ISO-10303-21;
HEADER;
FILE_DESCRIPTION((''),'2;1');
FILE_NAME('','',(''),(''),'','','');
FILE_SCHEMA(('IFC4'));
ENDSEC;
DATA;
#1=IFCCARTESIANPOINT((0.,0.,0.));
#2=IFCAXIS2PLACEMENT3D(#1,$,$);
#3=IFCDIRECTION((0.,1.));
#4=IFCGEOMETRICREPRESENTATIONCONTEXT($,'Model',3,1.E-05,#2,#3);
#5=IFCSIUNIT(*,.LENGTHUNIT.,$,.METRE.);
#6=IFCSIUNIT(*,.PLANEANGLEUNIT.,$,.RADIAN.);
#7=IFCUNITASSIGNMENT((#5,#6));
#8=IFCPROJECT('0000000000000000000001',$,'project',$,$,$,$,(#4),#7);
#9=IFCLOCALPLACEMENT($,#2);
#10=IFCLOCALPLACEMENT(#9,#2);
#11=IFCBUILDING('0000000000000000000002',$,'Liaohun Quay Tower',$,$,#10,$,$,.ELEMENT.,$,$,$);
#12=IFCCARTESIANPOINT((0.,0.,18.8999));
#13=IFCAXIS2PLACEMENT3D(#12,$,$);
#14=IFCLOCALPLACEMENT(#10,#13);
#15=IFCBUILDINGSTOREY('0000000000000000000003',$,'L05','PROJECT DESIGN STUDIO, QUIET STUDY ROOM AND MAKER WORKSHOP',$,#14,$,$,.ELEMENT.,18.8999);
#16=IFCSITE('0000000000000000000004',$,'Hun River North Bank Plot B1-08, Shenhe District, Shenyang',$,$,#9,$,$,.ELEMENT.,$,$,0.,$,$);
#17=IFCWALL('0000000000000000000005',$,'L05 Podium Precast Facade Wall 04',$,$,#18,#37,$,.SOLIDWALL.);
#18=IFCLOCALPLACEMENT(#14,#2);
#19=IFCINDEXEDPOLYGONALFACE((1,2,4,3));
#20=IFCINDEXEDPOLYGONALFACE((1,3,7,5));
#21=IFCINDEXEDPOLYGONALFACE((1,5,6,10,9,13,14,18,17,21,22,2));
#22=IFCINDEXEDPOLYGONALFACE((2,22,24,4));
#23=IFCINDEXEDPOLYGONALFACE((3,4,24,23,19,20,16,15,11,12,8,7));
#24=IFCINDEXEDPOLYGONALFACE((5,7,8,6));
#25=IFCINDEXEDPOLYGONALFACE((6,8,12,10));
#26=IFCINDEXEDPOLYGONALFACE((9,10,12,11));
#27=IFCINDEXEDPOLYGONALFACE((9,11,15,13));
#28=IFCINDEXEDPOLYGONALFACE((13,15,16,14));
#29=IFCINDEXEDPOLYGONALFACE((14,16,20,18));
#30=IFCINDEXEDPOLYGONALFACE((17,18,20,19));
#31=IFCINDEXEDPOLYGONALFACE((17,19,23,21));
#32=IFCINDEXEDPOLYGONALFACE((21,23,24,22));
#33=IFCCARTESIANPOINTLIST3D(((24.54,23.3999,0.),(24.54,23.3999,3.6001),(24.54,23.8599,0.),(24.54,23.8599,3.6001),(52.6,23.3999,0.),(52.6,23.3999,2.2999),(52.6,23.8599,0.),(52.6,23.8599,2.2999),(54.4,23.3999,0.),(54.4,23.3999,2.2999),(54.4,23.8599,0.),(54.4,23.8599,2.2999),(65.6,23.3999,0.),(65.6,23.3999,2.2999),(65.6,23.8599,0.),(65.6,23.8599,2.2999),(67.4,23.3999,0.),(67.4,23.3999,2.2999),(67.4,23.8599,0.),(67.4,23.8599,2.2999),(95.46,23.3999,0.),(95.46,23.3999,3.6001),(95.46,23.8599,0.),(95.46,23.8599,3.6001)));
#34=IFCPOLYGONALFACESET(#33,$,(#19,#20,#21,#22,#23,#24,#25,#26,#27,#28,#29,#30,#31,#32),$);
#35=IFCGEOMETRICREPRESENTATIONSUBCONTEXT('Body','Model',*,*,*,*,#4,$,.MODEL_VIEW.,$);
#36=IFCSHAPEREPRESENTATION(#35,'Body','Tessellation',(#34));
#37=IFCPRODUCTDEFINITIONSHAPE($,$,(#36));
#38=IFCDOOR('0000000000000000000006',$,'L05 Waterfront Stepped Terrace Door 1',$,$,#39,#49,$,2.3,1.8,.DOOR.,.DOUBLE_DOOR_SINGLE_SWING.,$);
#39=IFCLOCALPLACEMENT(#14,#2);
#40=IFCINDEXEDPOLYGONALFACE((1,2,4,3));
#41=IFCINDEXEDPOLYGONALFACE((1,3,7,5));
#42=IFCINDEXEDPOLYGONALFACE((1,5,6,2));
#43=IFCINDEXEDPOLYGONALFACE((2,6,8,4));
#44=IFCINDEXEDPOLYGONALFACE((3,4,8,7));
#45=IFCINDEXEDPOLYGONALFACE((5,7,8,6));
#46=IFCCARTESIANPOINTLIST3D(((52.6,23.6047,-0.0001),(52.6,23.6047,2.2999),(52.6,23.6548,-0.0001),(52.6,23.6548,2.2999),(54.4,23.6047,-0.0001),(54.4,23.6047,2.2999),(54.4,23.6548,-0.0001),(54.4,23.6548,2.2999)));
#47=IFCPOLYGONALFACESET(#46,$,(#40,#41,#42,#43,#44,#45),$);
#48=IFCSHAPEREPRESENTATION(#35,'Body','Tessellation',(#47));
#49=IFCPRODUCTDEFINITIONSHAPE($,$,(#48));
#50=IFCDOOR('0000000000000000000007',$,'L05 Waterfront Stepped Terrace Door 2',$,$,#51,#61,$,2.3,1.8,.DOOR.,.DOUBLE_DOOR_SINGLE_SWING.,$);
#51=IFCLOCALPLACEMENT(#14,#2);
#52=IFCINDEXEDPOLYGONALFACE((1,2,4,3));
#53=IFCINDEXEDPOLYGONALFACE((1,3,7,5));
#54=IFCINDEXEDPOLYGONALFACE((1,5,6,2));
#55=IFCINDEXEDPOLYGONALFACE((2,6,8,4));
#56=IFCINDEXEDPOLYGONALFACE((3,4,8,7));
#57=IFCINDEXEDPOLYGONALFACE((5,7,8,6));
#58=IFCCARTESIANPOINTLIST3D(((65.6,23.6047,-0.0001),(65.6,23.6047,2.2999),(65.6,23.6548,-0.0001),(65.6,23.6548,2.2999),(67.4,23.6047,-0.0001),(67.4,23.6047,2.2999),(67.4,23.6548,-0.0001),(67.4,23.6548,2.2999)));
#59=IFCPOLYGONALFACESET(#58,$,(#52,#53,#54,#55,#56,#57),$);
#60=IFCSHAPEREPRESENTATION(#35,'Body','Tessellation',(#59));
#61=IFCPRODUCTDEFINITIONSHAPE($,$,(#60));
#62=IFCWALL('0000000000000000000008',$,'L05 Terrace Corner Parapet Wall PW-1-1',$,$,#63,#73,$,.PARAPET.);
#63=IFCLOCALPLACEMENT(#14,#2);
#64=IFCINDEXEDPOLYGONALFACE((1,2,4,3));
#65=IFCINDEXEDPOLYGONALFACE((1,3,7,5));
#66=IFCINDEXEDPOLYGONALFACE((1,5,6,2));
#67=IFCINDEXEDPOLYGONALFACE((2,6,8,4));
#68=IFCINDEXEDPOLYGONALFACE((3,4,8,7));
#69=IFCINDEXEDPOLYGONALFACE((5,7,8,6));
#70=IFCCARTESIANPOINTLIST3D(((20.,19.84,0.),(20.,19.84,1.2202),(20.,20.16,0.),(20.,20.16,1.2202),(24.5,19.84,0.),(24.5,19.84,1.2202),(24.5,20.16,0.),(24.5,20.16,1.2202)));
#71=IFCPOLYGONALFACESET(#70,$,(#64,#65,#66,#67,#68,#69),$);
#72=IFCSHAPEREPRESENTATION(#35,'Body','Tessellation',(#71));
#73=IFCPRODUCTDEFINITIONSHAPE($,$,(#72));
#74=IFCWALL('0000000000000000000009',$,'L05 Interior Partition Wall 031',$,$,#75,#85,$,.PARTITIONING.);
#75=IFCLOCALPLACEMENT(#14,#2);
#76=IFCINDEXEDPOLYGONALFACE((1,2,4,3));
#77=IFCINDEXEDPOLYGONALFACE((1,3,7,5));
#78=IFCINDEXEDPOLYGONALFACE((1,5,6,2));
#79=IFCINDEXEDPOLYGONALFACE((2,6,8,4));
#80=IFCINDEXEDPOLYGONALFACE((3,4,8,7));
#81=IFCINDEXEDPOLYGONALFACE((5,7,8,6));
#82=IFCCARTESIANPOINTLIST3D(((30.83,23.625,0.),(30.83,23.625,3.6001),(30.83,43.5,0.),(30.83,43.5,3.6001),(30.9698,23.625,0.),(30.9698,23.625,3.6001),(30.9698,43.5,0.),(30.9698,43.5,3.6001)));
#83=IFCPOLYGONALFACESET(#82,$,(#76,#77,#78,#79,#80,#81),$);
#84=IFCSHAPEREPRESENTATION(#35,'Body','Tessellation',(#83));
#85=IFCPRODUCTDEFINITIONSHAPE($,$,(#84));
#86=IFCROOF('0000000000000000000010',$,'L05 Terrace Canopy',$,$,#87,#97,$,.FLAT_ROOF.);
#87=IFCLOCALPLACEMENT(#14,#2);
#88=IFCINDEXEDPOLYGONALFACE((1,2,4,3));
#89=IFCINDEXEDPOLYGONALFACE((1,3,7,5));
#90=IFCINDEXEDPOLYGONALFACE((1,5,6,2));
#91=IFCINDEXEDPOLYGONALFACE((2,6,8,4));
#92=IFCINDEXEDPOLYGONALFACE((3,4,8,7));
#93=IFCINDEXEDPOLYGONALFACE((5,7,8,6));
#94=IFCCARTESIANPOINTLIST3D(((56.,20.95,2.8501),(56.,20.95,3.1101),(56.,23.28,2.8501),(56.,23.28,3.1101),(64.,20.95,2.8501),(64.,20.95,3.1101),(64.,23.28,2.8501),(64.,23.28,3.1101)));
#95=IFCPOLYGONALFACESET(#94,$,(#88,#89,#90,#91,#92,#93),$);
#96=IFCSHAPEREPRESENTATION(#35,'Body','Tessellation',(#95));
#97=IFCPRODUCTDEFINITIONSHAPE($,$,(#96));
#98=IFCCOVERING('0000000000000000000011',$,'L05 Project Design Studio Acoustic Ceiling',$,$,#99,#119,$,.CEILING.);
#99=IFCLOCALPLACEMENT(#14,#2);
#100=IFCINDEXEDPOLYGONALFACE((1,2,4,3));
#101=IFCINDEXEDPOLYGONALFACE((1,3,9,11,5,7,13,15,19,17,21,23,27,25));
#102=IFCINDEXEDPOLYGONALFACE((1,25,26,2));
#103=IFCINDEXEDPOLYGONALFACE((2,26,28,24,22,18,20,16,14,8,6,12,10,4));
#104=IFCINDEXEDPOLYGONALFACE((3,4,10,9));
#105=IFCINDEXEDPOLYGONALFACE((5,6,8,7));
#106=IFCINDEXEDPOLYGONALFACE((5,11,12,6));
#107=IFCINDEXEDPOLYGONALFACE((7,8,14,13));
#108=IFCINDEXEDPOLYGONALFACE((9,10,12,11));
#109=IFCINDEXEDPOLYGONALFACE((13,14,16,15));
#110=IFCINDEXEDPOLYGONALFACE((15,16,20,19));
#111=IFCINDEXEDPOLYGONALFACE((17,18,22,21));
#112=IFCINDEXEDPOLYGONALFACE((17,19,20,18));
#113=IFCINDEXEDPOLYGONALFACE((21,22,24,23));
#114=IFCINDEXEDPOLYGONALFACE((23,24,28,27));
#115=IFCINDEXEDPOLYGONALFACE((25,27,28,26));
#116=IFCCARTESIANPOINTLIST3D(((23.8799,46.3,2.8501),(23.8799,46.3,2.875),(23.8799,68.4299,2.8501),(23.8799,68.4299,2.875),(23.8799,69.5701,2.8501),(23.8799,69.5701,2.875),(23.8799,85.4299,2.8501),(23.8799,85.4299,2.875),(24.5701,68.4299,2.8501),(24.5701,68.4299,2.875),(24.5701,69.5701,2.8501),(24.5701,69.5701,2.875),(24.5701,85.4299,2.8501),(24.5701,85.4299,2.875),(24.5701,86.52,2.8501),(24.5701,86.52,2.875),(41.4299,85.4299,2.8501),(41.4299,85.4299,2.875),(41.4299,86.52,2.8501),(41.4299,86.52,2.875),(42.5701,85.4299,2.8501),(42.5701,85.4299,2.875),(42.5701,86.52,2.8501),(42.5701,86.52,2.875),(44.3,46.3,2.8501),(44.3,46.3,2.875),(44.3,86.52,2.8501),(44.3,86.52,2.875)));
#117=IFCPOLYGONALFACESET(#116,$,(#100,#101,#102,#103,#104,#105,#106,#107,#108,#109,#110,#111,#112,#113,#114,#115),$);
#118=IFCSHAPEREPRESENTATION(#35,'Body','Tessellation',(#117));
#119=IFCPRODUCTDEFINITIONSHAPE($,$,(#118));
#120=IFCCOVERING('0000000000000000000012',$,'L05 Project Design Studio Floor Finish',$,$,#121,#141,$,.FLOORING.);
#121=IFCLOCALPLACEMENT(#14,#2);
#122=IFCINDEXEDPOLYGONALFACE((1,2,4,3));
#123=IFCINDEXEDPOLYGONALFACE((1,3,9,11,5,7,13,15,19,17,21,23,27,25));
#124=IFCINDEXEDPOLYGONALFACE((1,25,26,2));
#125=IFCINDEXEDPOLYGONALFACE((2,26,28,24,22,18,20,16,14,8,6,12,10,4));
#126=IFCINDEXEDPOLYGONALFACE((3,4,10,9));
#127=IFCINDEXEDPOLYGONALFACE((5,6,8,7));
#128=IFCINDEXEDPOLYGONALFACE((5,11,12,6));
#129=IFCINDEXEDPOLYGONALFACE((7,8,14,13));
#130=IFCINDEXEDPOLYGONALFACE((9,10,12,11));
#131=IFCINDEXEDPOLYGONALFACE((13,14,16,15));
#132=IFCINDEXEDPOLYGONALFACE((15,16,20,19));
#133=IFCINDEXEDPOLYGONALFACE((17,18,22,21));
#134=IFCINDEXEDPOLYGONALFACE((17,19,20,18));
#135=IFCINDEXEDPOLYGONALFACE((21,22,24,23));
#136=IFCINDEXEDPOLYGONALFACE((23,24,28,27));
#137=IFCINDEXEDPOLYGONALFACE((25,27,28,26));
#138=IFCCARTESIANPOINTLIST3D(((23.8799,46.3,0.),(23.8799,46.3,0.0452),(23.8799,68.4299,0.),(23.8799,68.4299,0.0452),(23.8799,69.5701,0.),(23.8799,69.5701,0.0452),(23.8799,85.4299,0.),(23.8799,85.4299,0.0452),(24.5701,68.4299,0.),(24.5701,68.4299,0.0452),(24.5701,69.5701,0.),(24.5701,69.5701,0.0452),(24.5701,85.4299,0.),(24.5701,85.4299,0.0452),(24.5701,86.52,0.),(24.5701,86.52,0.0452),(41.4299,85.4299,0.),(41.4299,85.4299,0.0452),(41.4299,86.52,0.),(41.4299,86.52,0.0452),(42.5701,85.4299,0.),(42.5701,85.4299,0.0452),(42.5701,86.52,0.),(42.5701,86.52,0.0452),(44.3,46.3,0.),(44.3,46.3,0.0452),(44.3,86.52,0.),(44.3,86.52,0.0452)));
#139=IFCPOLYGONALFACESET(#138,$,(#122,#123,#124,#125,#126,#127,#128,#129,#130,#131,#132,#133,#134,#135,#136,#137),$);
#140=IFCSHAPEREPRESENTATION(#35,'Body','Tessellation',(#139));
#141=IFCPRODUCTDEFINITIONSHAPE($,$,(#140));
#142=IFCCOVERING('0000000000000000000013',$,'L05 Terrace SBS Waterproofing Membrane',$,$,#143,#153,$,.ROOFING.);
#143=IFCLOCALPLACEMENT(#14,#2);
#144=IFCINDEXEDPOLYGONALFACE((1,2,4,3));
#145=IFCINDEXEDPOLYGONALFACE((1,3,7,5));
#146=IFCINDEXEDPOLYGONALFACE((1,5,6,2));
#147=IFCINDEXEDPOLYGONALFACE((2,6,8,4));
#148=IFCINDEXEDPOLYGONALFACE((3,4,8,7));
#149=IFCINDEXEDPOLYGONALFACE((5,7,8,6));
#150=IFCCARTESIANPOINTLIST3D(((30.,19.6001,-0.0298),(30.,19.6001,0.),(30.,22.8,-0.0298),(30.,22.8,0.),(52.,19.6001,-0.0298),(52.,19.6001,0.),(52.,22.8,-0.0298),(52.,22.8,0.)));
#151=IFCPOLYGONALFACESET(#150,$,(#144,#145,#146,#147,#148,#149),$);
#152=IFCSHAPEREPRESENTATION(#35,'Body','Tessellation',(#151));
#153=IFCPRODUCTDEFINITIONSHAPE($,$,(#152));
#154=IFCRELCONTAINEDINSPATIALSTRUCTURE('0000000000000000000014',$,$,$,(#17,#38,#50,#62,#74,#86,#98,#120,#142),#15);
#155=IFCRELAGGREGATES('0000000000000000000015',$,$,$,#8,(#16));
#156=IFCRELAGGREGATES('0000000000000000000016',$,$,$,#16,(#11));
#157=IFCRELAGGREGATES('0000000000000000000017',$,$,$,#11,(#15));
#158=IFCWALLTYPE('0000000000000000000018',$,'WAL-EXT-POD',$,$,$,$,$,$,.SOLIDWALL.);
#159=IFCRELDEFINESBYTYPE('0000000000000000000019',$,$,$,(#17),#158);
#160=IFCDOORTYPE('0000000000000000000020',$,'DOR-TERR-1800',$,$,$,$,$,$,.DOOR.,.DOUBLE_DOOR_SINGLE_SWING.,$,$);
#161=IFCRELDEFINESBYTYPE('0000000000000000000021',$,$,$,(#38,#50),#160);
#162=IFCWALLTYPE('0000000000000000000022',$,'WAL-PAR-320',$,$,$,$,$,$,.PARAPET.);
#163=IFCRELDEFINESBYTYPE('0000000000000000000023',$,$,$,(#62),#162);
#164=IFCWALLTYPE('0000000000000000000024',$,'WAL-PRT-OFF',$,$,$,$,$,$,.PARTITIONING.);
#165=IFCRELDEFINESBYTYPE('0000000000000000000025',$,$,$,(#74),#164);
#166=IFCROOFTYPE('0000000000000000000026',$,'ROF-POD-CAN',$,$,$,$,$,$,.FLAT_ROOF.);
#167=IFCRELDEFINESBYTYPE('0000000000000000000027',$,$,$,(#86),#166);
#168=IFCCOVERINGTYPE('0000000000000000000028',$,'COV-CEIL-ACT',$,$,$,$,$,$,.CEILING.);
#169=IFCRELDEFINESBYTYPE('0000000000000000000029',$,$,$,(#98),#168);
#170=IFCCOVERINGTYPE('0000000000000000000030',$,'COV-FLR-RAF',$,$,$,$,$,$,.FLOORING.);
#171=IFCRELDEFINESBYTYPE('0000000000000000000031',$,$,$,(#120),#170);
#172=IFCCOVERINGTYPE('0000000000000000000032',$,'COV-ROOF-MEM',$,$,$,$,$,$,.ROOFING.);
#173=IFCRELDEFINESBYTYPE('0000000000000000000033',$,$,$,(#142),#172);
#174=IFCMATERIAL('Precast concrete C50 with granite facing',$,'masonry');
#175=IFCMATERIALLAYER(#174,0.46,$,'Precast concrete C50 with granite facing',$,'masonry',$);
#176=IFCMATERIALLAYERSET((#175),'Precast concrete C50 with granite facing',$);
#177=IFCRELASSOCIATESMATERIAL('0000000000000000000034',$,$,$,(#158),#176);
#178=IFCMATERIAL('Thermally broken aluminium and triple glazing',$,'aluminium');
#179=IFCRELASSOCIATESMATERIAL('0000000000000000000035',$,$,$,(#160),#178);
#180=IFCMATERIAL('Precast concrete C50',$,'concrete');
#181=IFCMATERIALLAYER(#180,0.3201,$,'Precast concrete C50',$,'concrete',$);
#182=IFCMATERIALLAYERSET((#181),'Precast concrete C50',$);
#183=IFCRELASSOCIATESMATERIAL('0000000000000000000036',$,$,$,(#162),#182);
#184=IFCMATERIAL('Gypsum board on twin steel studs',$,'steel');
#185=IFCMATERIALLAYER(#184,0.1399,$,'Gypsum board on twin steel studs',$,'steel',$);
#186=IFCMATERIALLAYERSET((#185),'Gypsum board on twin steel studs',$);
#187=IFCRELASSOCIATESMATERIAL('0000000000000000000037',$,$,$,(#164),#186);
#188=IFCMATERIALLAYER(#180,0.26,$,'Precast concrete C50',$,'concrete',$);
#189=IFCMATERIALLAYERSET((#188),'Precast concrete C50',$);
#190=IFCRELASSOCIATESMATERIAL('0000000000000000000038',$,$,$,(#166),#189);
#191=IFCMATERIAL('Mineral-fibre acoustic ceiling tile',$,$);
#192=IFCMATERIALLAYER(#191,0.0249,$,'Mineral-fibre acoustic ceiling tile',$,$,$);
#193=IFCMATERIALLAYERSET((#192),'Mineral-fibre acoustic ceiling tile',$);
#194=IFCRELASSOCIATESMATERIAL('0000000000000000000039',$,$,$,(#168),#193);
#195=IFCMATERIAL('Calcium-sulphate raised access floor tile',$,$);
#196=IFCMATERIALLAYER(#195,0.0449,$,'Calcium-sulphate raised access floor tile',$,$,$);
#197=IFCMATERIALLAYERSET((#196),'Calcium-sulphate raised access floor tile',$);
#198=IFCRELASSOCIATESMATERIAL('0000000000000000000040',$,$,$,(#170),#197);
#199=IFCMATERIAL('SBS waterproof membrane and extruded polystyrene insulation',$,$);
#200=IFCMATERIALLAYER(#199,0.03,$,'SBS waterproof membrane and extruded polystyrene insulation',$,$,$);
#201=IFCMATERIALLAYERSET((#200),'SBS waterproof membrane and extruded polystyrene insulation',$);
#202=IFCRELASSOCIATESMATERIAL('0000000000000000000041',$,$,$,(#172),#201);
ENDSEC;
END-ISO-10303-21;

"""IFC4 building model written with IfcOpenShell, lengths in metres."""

from ifc_helpers import new_model, si_unit, direction, frame, frame_2d, origin, place, context, subcontext, project, spatial, polyline, rectangle, outline, extrude, source, transform, mapped, material, layer, layer_set, type_object, element, fill, save


model = new_model("IFC4")

# Units and contexts
model_context = context("Model", 3, precision=1e-05, world=origin(), true_north=direction((0.0, 1.0)))
body_context = subcontext(model_context, "Body", "Model", "MODEL_VIEW")
ifc_project = project(units=[si_unit("LENGTHUNIT", "METRE"), si_unit("PLANEANGLEUNIT", "RADIAN")], contexts=[model_context])

# Site, building, storey
site_placement = place(None, origin())
site = spatial("IfcSite", under=ifc_project, at=site_placement, Name="Hun River North Bank Plot B1-08, Shenhe District, Shenyang", CompositionType="ELEMENT", RefElevation=0.0)
building_placement = place(site_placement, origin())
building = spatial("IfcBuilding", under=site, at=building_placement, Name="Liaohun Quay Tower", CompositionType="ELEMENT")
storey_placement = place(building_placement, frame((0.0, 0.0, 18.8999)))
storey = spatial("IfcBuildingStorey", under=building, at=storey_placement, Name="L05", Description="PROJECT DESIGN STUDIO, QUIET STUDY ROOM AND MAKER WORKSHOP", CompositionType="ELEMENT", Elevation=18.8999)

# Shared definitions
ifc_material_1 = material(Name="Precast concrete C50", Category="concrete")

# Wall, openings, doors
ifc_material_2 = material(Name="Precast concrete C50 with granite facing", Category="masonry")
ifc_layer_1 = layer(ifc_material_2, 0.46, Name="Precast concrete C50 with granite facing", Category="masonry")
ifc_layer_set_1 = layer_set([ifc_layer_1], Name="Precast concrete C50 with granite facing")
wall_type_1 = type_object("IfcWallType", Name="WAL-EXT-POD", PredefinedType="SOLIDWALL", material=ifc_layer_set_1)
wall_1_placement = place(storey_placement, frame((24.54, 23.6299, 0.0), z_axis=(0.0, 0.0, 1.0), x_axis=(1.0, 0.0, 0.0)))
wall_1 = element("IfcWall", 1, at=wall_1_placement, inside=storey, type_object=wall_type_1, Name="L05 Podium Precast Facade Wall 04", PredefinedType="SOLIDWALL", context=body_context, shape_type="SweptSolid", body=[
    extrude(rectangle(XDim=70.9199, YDim=0.46, at=frame_2d((35.46, 0.0))), origin(), (0.0, 0.0, 1.0), 3.6001),
])
shared_shape_1 = source(origin(), body_context, "Body", "SweptSolid", [
    extrude(rectangle(XDim=1.8, YDim=2.3, at=frame_2d((0.8999, 1.1499))), frame((0.0, 0.24, 0.0), z_axis=(0.0, -1.0, 0.0), x_axis=(1.0, 0.0, 0.0)), (0.0, 0.0, 1.0), 0.48),
])
opening_1_placement = place(wall_1_placement, frame((28.0601, 0.0, 0.0)))
opening_1 = element("IfcOpeningElement", 2, at=opening_1_placement, cuts=wall_1, PredefinedType="OPENING", context=body_context, shape_type="MappedRepresentation", body=[
    mapped(shared_shape_1, transform((0.0, 0.0, 0.0), x_axis=(1.0, 0.0, 0.0), y_axis=(0.0, 1.0, 0.0), z_axis=(0.0, 0.0, 1.0), scale=1.0)),
])
opening_2_placement = place(wall_1_placement, frame((41.0601, 0.0, 0.0)))
opening_2 = element("IfcOpeningElement", 3, at=opening_2_placement, cuts=wall_1, PredefinedType="OPENING", context=body_context, shape_type="MappedRepresentation", body=[
    mapped(shared_shape_1, transform((0.0, 0.0, 0.0), x_axis=(1.0, 0.0, 0.0), y_axis=(0.0, 1.0, 0.0), z_axis=(0.0, 0.0, 1.0), scale=1.0)),
])
ifc_material_3 = material(Name="Thermally broken aluminium and triple glazing", Category="aluminium")
door_type_1 = type_object("IfcDoorType", Name="DOR-TERR-1800", OperationType="DOUBLE_DOOR_SINGLE_SWING", PredefinedType="DOOR", material=ifc_material_3)
shared_shape_2 = source(origin(), body_context, "Body", "SweptSolid", [
    extrude(rectangle(XDim=1.8, YDim=2.3, at=frame_2d((0.8999, 1.1499))), frame((0.0, 0.0249, 0.0), z_axis=(0.0, -1.0, 0.0), x_axis=(1.0, 0.0, 0.0)), (0.0, 0.0, 1.0), 0.05),
])
door_1_placement = place(opening_1_placement, origin())
door_1 = element("IfcDoor", 4, at=door_1_placement, inside=storey, type_object=door_type_1, Name="L05 Waterfront Stepped Terrace Door 1", OperationType="DOUBLE_DOOR_SINGLE_SWING", OverallHeight=2.3, OverallWidth=1.8, PredefinedType="DOOR", context=body_context, shape_type="MappedRepresentation", body=[
    mapped(shared_shape_2, transform((0.0, 0.0, 0.0), x_axis=(1.0, 0.0, 0.0), y_axis=(0.0, 1.0, 0.0), z_axis=(0.0, 0.0, 1.0), scale=1.0)),
])
fill(opening_1, door_1)
door_2_placement = place(opening_2_placement, origin())
door_2 = element("IfcDoor", 5, at=door_2_placement, inside=storey, type_object=door_type_1, Name="L05 Waterfront Stepped Terrace Door 2", OperationType="DOUBLE_DOOR_SINGLE_SWING", OverallHeight=2.3, OverallWidth=1.8, PredefinedType="DOOR", context=body_context, shape_type="MappedRepresentation", body=[
    mapped(shared_shape_2, transform((0.0, 0.0, 0.0), x_axis=(1.0, 0.0, 0.0), y_axis=(0.0, 1.0, 0.0), z_axis=(0.0, 0.0, 1.0), scale=1.0)),
])
fill(opening_2, door_2)

# Walls
ifc_layer_2 = layer(ifc_material_1, 0.3201, Name="Precast concrete C50", Category="concrete")
ifc_layer_set_2 = layer_set([ifc_layer_2], Name="Precast concrete C50")
wall_type_2 = type_object("IfcWallType", Name="WAL-PAR-320", PredefinedType="PARAPET", material=ifc_layer_set_2)
wall_2_placement = place(storey_placement, frame((20.0, 20.0, 0.0), z_axis=(0.0, 0.0, 1.0), x_axis=(1.0, 0.0, 0.0)))
element("IfcWall", 6, at=wall_2_placement, inside=storey, type_object=wall_type_2, Name="L05 Terrace Corner Parapet Wall PW-1-1", PredefinedType="PARAPET", context=body_context, shape_type="SweptSolid", body=[
    extrude(rectangle(XDim=4.5, YDim=0.3201, at=frame_2d((2.25, 0.0))), origin(), (0.0, 0.0, 1.0), 1.2202),
])
ifc_material_4 = material(Name="Gypsum board on twin steel studs", Category="steel")
ifc_layer_3 = layer(ifc_material_4, 0.1399, Name="Gypsum board on twin steel studs", Category="steel")
ifc_layer_set_3 = layer_set([ifc_layer_3], Name="Gypsum board on twin steel studs")
wall_type_3 = type_object("IfcWallType", Name="WAL-PRT-OFF", PredefinedType="PARTITIONING", material=ifc_layer_set_3)
wall_3_placement = place(storey_placement, frame((30.8999, 23.625, 0.0), z_axis=(0.0, 0.0, 1.0), x_axis=(0.0, 1.0, 0.0)))
element("IfcWall", 7, at=wall_3_placement, inside=storey, type_object=wall_type_3, Name="L05 Interior Partition Wall 031", PredefinedType="PARTITIONING", context=body_context, shape_type="SweptSolid", body=[
    extrude(rectangle(XDim=19.875, YDim=0.1399, at=frame_2d((9.9375, 0.0))), origin(), (0.0, 0.0, 1.0), 3.6001),
])

# Roof
ifc_layer_4 = layer(ifc_material_1, 0.26, Name="Precast concrete C50", Category="concrete")
ifc_layer_set_4 = layer_set([ifc_layer_4], Name="Precast concrete C50")
roof_type = type_object("IfcRoofType", Name="ROF-POD-CAN", PredefinedType="FLAT_ROOF", material=ifc_layer_set_4)
roof_placement = place(storey_placement, frame((0.0, 0.0, 2.8501)))
element("IfcRoof", 8, at=roof_placement, inside=storey, type_object=roof_type, Name="L05 Terrace Canopy", PredefinedType="FLAT_ROOF", context=body_context, shape_type="SweptSolid", body=[
    extrude(outline(polyline([(56.0, 20.95), (64.0, 20.95), (64.0, 23.28), (56.0, 23.28), (56.0, 20.95)])), origin(), (0.0, 0.0, 1.0), 0.26),
])

# Coverings
ifc_material_5 = material(Name="Mineral-fibre acoustic ceiling tile")
ifc_layer_5 = layer(ifc_material_5, 0.0249, Name="Mineral-fibre acoustic ceiling tile")
ifc_layer_set_5 = layer_set([ifc_layer_5], Name="Mineral-fibre acoustic ceiling tile")
covering_type_1 = type_object("IfcCoveringType", Name="COV-CEIL-ACT", PredefinedType="CEILING", material=ifc_layer_set_5)
covering_1_placement = place(storey_placement, frame((0.0, 0.0, 2.8501)))
element("IfcCovering", 9, at=covering_1_placement, inside=storey, type_object=covering_type_1, Name="L05 Project Design Studio Acoustic Ceiling", PredefinedType="CEILING", context=body_context, shape_type="SweptSolid", body=[
    extrude(outline(polyline([(42.5701, 86.52), (42.5701, 85.4299), (41.4299, 85.4299), (41.4299, 86.52), (24.5701, 86.52), (24.5701, 85.4299), (23.8799, 85.4299), (23.8799, 69.5701), (24.5701, 69.5701), (24.5701, 68.4299), (23.8799, 68.4299), (23.8799, 46.3), (44.3, 46.3), (44.3, 86.52), (42.5701, 86.52)])), origin(), (0.0, 0.0, 1.0), 0.0249),
])
ifc_material_6 = material(Name="Calcium-sulphate raised access floor tile")
ifc_layer_6 = layer(ifc_material_6, 0.0449, Name="Calcium-sulphate raised access floor tile")
ifc_layer_set_6 = layer_set([ifc_layer_6], Name="Calcium-sulphate raised access floor tile")
covering_type_2 = type_object("IfcCoveringType", Name="COV-FLR-RAF", PredefinedType="FLOORING", material=ifc_layer_set_6)
covering_2_placement = place(storey_placement, origin())
element("IfcCovering", 10, at=covering_2_placement, inside=storey, type_object=covering_type_2, Name="L05 Project Design Studio Floor Finish", PredefinedType="FLOORING", context=body_context, shape_type="SweptSolid", body=[
    extrude(outline(polyline([(42.5701, 86.52), (42.5701, 85.4299), (41.4299, 85.4299), (41.4299, 86.52), (24.5701, 86.52), (24.5701, 85.4299), (23.8799, 85.4299), (23.8799, 69.5701), (24.5701, 69.5701), (24.5701, 68.4299), (23.8799, 68.4299), (23.8799, 46.3), (44.3, 46.3), (44.3, 86.52), (42.5701, 86.52)])), origin(), (0.0, 0.0, 1.0), 0.0452),
])
ifc_material_7 = material(Name="SBS waterproof membrane and extruded polystyrene insulation")
ifc_layer_7 = layer(ifc_material_7, 0.03, Name="SBS waterproof membrane and extruded polystyrene insulation")
ifc_layer_set_7 = layer_set([ifc_layer_7], Name="SBS waterproof membrane and extruded polystyrene insulation")
covering_type_3 = type_object("IfcCoveringType", Name="COV-ROOF-MEM", PredefinedType="ROOFING", material=ifc_layer_set_7)
covering_3_placement = place(storey_placement, frame((0.0, 0.0, -0.0298)))
element("IfcCovering", 11, at=covering_3_placement, inside=storey, type_object=covering_type_3, Name="L05 Terrace SBS Waterproofing Membrane", PredefinedType="ROOFING", context=body_context, shape_type="SweptSolid", body=[
    extrude(outline(polyline([(30.0, 19.6001), (52.0, 19.6001), (52.0, 22.8), (30.0, 22.8), (30.0, 19.6001)])), origin(), (0.0, 0.0, 1.0), 0.0298),
])

save(model, "model.ifc")
